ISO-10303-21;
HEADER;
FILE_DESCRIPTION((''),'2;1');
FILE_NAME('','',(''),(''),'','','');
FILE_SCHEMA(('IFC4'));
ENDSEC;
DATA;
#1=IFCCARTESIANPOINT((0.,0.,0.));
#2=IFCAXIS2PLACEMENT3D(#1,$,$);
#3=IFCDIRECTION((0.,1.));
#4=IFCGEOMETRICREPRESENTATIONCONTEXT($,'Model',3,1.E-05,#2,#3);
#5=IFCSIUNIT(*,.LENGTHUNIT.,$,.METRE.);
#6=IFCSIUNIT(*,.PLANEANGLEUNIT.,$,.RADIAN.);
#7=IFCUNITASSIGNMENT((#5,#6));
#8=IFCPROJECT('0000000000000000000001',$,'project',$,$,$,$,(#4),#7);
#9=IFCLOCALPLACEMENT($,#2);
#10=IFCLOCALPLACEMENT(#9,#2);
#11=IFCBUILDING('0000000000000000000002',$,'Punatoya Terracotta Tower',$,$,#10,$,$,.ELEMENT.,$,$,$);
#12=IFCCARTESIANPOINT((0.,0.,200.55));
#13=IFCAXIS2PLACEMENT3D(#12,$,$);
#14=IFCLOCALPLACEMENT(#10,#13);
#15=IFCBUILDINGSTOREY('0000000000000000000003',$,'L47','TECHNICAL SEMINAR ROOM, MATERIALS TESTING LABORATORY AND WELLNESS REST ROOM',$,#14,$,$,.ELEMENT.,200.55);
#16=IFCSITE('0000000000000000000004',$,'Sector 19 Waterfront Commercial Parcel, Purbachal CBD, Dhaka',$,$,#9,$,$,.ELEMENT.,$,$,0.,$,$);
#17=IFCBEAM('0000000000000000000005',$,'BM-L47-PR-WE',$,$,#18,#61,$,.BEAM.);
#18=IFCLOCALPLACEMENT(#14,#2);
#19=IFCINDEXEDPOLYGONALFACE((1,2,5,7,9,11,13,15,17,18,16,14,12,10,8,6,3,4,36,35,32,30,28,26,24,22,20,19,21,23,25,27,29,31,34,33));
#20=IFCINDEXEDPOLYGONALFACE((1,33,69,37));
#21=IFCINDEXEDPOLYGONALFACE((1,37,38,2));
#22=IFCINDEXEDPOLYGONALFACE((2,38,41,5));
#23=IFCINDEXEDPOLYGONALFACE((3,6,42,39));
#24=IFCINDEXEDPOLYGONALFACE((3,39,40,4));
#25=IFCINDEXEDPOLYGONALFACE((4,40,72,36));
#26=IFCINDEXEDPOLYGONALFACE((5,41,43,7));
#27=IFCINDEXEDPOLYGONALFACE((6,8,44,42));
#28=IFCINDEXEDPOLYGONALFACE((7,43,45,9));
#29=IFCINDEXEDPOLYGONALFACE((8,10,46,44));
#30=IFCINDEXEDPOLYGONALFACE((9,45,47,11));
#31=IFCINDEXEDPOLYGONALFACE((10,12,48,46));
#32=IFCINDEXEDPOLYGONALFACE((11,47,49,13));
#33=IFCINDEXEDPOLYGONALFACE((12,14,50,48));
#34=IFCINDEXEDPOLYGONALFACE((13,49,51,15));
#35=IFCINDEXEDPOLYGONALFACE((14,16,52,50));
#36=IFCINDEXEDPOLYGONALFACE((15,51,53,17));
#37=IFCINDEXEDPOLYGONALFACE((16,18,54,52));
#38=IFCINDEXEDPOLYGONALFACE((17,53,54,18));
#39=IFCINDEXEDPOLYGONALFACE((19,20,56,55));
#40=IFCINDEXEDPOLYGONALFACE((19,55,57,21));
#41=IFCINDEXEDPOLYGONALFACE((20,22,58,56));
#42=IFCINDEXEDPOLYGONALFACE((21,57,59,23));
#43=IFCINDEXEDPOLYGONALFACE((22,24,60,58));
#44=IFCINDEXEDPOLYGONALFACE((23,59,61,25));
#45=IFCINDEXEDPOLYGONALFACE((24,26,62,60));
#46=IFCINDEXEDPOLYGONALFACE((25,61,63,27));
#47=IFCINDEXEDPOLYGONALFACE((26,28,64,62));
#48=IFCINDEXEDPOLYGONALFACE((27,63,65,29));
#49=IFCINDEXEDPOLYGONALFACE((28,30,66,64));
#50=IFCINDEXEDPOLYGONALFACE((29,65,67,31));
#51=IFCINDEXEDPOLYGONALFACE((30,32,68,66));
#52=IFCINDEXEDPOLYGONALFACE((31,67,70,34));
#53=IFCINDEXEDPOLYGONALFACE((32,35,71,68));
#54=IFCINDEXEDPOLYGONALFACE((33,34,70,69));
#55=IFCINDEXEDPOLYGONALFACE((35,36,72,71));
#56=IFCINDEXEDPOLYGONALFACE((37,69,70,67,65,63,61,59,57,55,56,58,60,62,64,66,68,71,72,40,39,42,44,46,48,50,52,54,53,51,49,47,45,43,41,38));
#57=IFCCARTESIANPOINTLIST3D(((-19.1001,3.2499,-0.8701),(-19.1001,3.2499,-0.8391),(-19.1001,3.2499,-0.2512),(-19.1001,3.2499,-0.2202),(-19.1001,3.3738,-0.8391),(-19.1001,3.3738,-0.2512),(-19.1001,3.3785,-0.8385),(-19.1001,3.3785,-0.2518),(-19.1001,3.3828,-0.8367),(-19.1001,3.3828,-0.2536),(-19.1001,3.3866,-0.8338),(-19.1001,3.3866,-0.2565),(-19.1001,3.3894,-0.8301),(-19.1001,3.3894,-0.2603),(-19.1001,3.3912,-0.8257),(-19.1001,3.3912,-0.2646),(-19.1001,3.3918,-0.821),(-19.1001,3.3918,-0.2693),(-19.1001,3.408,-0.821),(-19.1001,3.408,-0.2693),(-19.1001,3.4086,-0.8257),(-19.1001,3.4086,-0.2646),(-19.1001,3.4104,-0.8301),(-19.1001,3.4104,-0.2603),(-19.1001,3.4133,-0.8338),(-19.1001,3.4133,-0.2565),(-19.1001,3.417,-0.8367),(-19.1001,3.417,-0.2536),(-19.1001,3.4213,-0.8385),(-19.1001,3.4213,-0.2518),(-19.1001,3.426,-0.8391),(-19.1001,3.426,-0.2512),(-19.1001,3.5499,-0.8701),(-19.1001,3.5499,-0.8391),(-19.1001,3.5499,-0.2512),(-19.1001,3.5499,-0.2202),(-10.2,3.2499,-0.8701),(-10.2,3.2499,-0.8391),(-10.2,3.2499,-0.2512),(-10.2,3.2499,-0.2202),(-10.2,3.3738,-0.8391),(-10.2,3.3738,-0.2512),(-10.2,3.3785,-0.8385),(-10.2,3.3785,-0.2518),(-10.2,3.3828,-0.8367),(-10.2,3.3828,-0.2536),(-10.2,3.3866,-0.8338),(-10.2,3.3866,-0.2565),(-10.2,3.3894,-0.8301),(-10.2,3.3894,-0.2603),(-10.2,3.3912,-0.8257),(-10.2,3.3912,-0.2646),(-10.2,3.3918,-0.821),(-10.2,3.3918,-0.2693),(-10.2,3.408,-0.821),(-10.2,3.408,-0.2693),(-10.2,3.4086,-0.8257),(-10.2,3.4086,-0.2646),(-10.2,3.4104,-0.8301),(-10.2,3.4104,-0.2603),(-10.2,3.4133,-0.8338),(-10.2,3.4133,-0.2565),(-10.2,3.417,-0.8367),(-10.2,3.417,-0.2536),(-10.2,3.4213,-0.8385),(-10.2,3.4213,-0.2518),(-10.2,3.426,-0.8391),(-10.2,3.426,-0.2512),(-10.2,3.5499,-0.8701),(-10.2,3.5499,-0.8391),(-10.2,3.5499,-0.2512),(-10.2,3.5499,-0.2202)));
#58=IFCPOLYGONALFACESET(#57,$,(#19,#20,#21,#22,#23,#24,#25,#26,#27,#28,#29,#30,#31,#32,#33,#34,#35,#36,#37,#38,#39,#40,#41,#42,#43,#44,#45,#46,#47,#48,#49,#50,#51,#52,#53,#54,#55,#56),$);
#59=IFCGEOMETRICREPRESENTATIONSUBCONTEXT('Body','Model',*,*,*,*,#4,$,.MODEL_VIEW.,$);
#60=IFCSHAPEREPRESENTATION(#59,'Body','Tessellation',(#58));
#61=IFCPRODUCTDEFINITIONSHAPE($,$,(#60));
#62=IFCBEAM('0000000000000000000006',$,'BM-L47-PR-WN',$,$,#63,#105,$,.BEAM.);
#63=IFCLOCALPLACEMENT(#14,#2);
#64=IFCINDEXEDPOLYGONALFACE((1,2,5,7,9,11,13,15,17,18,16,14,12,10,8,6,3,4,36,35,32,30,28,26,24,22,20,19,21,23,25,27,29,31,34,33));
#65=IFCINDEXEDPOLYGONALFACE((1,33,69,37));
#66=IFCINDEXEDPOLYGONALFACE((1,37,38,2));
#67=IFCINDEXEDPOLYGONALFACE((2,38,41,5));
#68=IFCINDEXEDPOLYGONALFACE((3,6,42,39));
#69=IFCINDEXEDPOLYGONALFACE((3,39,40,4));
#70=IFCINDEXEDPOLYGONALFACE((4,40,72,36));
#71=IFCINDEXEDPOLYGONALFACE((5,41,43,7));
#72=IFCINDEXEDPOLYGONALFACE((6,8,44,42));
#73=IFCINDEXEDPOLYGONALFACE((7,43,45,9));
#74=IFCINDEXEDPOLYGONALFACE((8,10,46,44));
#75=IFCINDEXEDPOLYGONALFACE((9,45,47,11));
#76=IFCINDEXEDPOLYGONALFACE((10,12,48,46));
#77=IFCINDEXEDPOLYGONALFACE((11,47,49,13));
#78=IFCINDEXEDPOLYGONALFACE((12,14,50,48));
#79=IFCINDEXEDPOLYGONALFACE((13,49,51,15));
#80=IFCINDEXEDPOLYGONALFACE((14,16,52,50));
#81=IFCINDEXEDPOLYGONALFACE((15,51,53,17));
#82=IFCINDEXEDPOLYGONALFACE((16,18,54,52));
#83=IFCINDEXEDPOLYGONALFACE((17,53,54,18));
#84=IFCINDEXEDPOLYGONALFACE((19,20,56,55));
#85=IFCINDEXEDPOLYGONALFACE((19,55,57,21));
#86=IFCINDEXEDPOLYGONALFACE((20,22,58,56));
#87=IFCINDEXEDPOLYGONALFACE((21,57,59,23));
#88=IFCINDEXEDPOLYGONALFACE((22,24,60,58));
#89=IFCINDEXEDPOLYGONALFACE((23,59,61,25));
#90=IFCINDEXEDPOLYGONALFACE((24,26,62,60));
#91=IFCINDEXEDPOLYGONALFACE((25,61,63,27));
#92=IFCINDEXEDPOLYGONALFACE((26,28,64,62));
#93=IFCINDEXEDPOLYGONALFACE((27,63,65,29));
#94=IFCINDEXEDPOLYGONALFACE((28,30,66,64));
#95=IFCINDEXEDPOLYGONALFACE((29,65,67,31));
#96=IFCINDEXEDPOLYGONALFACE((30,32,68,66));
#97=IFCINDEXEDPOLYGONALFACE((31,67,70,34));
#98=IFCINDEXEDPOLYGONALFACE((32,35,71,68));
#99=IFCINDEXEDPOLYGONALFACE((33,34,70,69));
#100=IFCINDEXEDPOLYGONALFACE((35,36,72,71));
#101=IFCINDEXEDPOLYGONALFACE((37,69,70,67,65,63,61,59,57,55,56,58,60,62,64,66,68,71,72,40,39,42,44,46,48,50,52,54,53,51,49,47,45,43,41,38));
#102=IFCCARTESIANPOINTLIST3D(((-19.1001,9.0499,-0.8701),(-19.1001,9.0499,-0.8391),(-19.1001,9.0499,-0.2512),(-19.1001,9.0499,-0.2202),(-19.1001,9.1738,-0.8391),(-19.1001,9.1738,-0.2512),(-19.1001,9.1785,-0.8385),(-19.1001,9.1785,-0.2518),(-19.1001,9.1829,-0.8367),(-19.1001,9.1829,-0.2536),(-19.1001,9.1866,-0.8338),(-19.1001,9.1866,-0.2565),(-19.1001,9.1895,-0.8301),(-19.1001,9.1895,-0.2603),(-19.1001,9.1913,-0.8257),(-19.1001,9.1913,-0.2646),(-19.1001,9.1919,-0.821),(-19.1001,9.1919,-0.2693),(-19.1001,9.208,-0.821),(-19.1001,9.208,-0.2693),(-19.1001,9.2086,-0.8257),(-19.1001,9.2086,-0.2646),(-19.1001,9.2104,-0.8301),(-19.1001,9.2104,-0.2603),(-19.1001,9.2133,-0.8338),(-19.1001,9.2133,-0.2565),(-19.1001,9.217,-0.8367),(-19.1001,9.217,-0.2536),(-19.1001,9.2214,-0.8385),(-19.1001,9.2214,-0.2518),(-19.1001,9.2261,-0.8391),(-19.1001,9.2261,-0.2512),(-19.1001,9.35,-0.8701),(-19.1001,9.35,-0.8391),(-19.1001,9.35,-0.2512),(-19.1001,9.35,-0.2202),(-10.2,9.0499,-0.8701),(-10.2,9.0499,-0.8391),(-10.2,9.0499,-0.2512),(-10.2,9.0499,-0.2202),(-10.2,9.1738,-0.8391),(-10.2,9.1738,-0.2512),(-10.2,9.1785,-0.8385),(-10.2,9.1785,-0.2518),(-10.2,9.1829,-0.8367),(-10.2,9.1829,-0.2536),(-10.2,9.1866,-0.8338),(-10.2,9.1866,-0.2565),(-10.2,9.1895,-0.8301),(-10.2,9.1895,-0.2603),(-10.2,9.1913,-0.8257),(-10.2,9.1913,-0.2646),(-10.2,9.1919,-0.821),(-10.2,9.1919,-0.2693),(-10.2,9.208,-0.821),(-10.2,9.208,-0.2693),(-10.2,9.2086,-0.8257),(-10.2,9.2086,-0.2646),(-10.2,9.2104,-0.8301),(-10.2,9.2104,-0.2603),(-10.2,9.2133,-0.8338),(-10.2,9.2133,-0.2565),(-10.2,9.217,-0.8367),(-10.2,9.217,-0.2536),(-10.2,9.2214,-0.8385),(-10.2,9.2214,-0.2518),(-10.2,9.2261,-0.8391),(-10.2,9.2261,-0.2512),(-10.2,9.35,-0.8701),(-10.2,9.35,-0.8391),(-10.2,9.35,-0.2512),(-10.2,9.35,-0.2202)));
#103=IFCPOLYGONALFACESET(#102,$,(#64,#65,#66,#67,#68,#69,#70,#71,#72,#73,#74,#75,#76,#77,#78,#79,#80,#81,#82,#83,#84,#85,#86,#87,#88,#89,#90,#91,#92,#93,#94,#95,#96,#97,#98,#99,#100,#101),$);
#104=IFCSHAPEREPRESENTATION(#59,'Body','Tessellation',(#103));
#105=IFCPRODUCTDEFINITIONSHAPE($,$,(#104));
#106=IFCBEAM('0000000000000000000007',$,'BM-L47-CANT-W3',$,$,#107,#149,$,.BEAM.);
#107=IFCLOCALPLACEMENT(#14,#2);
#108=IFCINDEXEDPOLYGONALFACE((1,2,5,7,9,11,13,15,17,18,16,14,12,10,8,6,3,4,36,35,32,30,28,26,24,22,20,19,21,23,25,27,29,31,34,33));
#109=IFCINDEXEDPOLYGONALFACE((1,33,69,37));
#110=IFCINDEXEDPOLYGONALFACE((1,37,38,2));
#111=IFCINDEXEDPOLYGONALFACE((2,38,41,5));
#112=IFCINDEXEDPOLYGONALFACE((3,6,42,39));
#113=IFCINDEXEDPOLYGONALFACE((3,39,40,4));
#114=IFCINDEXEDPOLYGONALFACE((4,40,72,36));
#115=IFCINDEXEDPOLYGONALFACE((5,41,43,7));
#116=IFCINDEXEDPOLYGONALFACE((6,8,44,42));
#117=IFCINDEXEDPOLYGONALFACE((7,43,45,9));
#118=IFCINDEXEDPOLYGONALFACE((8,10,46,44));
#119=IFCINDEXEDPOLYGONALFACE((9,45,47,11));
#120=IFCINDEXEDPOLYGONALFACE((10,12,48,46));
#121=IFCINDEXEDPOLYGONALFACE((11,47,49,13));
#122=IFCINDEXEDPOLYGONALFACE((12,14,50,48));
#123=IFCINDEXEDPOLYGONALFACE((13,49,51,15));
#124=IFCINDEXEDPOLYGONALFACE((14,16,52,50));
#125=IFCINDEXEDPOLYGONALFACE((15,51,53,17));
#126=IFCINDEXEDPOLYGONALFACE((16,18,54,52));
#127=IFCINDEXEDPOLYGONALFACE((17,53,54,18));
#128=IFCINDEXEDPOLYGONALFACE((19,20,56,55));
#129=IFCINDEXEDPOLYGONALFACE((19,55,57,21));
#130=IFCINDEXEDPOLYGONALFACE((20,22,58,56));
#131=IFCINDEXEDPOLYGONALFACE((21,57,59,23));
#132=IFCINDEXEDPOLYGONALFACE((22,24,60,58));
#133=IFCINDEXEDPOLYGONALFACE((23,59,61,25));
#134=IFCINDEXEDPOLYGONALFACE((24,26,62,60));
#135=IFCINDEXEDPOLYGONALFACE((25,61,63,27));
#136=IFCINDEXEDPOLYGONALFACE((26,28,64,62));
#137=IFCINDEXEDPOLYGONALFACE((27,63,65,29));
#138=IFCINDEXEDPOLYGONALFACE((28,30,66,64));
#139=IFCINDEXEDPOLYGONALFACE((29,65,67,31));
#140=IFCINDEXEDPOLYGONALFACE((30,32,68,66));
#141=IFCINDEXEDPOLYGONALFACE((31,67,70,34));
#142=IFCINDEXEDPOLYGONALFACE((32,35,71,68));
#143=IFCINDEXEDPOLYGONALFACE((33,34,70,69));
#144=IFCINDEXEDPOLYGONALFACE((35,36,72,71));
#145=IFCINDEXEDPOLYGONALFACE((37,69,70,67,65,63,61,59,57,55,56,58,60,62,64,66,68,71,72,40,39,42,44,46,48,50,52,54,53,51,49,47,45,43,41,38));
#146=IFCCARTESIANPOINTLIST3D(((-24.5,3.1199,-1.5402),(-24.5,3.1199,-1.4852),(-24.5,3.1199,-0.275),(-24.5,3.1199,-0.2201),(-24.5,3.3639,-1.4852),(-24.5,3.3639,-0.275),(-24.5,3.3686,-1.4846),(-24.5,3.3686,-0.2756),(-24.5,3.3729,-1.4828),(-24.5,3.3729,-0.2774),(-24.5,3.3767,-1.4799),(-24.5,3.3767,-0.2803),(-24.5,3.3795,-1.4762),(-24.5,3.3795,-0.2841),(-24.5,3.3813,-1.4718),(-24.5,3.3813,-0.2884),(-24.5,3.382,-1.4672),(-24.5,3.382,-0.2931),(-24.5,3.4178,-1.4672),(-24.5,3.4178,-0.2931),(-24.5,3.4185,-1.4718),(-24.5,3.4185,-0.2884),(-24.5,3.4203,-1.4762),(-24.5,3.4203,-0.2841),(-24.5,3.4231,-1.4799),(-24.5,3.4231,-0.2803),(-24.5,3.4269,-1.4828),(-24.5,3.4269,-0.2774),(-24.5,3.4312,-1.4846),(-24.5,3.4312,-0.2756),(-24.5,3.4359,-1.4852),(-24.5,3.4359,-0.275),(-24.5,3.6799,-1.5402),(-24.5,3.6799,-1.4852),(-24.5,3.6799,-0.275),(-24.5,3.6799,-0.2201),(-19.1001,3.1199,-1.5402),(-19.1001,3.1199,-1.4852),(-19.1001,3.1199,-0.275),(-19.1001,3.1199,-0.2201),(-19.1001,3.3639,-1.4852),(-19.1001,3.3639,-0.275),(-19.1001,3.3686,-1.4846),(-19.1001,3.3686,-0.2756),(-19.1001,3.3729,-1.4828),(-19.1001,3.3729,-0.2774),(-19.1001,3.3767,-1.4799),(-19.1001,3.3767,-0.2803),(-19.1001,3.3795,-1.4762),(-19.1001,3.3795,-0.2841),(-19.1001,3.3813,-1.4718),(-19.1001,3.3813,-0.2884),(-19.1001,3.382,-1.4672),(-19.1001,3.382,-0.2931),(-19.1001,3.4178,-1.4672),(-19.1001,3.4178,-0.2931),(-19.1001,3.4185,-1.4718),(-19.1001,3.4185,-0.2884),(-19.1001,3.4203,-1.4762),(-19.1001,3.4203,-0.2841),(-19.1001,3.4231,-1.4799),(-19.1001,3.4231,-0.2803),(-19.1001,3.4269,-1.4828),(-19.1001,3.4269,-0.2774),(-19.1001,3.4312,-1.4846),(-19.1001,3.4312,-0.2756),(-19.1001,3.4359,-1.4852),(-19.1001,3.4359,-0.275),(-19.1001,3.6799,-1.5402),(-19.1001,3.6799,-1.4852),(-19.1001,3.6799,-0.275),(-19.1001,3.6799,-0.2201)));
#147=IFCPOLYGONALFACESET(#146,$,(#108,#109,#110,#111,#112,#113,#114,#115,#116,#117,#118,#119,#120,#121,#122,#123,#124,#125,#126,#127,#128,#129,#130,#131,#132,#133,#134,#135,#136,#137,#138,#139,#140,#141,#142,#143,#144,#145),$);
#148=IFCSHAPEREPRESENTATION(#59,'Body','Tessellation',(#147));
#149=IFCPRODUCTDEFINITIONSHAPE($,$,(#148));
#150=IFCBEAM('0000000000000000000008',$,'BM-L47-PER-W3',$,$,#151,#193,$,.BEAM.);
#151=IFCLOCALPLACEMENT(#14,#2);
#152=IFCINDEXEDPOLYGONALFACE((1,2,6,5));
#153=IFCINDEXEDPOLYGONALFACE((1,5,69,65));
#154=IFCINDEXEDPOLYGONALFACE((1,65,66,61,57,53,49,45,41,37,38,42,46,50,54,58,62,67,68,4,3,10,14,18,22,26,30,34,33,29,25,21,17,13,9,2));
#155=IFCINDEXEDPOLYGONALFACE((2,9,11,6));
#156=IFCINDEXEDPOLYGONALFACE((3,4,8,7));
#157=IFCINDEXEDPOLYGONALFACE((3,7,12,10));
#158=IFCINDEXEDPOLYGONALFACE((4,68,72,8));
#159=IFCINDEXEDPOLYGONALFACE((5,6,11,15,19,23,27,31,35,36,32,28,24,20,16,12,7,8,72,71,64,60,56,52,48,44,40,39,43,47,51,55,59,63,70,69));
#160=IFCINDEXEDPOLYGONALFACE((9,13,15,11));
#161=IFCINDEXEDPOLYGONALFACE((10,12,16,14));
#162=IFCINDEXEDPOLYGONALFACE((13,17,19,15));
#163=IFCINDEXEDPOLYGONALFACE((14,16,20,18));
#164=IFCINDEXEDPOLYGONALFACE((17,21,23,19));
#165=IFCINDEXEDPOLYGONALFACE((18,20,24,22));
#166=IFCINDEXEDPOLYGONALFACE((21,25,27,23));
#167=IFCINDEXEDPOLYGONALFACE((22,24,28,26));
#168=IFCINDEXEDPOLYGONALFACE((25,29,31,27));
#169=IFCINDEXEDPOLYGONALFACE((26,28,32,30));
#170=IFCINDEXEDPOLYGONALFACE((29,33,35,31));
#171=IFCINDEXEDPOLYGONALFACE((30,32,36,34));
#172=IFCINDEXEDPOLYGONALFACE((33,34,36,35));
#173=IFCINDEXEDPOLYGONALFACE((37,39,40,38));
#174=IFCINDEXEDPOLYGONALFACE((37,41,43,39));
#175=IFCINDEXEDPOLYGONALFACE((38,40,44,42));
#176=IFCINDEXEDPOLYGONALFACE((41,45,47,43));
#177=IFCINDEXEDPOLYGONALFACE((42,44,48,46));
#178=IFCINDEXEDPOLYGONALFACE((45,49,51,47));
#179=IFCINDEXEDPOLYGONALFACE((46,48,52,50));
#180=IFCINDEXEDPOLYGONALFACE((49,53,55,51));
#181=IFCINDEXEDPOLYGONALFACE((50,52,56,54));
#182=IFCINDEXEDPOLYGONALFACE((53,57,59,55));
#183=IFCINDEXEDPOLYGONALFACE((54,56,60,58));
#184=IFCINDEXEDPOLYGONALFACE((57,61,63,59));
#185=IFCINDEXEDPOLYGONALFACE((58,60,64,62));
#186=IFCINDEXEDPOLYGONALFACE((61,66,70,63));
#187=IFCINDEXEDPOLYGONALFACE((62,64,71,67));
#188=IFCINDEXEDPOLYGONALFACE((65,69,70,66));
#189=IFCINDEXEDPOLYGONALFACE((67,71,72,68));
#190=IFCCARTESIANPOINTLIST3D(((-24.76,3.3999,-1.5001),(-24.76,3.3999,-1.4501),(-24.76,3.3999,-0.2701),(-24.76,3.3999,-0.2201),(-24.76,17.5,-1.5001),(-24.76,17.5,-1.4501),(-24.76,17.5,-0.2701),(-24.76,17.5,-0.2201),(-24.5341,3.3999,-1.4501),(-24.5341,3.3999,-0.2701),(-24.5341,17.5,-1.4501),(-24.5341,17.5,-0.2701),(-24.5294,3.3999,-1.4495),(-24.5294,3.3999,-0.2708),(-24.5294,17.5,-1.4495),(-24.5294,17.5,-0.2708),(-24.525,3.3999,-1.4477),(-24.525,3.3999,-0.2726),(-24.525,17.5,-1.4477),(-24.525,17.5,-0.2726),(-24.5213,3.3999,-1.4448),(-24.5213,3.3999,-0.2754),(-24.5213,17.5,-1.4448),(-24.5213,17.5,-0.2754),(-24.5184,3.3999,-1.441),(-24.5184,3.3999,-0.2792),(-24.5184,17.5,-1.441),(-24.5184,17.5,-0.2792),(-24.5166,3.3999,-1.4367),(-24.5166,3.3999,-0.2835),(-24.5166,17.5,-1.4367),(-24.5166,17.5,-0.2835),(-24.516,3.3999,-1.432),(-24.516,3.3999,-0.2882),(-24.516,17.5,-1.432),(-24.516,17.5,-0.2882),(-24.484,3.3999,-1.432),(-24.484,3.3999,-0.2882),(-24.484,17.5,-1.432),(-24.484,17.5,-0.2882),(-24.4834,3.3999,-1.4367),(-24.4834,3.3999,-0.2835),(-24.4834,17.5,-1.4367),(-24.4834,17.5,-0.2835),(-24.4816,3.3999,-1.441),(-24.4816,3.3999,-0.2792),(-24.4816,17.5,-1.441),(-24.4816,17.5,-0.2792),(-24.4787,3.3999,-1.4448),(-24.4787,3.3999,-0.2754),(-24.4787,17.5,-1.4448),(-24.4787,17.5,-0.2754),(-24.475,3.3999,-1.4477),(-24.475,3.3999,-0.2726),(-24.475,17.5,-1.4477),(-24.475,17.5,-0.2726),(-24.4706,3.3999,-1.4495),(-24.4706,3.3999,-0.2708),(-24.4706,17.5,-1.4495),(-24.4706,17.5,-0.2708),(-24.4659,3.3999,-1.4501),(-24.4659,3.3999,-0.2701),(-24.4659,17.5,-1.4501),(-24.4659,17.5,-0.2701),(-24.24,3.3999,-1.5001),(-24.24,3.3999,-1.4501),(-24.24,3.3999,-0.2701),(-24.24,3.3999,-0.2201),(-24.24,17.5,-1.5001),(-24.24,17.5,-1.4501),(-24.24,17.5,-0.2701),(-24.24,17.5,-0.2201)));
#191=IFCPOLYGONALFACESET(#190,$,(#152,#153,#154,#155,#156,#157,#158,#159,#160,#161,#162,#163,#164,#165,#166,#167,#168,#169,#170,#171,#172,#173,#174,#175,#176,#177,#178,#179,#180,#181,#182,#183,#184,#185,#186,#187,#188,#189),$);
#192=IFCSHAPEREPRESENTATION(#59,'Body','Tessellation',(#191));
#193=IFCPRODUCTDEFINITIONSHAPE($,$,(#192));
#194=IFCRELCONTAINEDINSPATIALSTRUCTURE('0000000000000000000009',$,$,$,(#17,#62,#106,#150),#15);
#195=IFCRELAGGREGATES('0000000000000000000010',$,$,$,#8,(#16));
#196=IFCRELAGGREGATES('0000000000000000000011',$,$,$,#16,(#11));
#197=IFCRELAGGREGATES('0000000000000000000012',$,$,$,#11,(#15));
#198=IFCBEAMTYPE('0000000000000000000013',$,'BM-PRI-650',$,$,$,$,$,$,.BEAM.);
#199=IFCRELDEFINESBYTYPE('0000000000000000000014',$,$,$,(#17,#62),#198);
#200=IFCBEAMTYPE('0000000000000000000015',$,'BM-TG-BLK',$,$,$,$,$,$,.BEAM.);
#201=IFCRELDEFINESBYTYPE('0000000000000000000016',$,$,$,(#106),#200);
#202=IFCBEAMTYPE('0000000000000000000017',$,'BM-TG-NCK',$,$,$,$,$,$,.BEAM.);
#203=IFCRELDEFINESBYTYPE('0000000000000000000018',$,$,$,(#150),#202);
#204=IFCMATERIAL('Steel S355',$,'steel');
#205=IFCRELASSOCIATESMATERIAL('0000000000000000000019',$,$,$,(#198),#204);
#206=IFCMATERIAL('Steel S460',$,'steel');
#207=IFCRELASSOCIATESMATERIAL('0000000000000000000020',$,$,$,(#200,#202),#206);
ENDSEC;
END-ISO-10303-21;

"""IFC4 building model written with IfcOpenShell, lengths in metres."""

from ifc_helpers import new_model, si_unit, direction, frame, origin, origin_2d, place, context, subcontext, project, spatial, i_section, extrude, material, material_profile, profile_set, type_object, element, save


model = new_model("IFC4")

# Units and contexts
model_context = context("Model", 3, precision=1e-05, world=origin(), true_north=direction((0.0, 1.0)))
body_context = subcontext(model_context, "Body", "Model", "MODEL_VIEW")
ifc_project = project(units=[si_unit("LENGTHUNIT", "METRE"), si_unit("PLANEANGLEUNIT", "RADIAN")], contexts=[model_context])

# Site, building, storey
site_placement = place(None, origin())
site = spatial("IfcSite", under=ifc_project, at=site_placement, Name="Sector 19 Waterfront Commercial Parcel, Purbachal CBD, Dhaka", CompositionType="ELEMENT", RefElevation=0.0)
building_placement = place(site_placement, origin())
building = spatial("IfcBuilding", under=site, at=building_placement, Name="Punatoya Terracotta Tower", CompositionType="ELEMENT")
storey_placement = place(building_placement, frame((0.0, 0.0, 200.55)))
storey = spatial("IfcBuildingStorey", under=building, at=storey_placement, Name="L47", Description="TECHNICAL SEMINAR ROOM, MATERIALS TESTING LABORATORY AND WELLNESS REST ROOM", CompositionType="ELEMENT", Elevation=200.55)

# Shared definitions
ifc_material_1 = material(Name="Steel S460", Category="steel")

# Beams
ifc_material_2 = material(Name="Steel S355", Category="steel")
ifc_material_profile_1 = material_profile(ifc_material_2, i_section(OverallWidth=0.3, OverallDepth=0.6499, WebThickness=0.0161, FlangeThickness=0.031, FilletRadius=0.0181, at=origin_2d()))
ifc_profile_set_1 = profile_set([ifc_material_profile_1], Name="Steel S355")
beam_type_1 = type_object("IfcBeamType", Name="BM-PRI-650", PredefinedType="BEAM", material=ifc_profile_set_1)
for number, where, z_axis, x_axis, name in (
    (1, (-19.1001, 3.3999, -0.5452), (1.0, 0.0, 0.0), (0.0, 1.0, 0.0), "BM-L47-PR-WE"),
    (2, (-19.1001, 9.2, -0.5452), (1.0, 0.0, 0.0), (0.0, 1.0, 0.0), "BM-L47-PR-WN"),
):
    element("IfcBeam", number, at=place(storey_placement, frame(where, z_axis=z_axis, x_axis=x_axis)), inside=storey, type_object=beam_type_1, Name=name, PredefinedType="BEAM", context=body_context, shape_type="SweptSolid", body=[
        extrude(i_section(OverallWidth=0.3, OverallDepth=0.6499, WebThickness=0.0161, FlangeThickness=0.031, FilletRadius=0.0181, at=origin_2d()), origin(), (0.0, 0.0, 1.0), 8.9001),
    ])
ifc_material_profile_2 = material_profile(ifc_material_1, i_section(OverallWidth=0.5601, OverallDepth=1.3201, WebThickness=0.0359, FlangeThickness=0.0549, FilletRadius=0.0181, at=origin_2d()))
ifc_profile_set_2 = profile_set([ifc_material_profile_2], Name="Steel S460")
beam_type_2 = type_object("IfcBeamType", Name="BM-TG-BLK", PredefinedType="BEAM", material=ifc_profile_set_2)
beam_1_placement = place(storey_placement, frame((-24.5, 3.3999, -0.8801), z_axis=(1.0, 0.0, 0.0), x_axis=(0.0, 1.0, 0.0)))
element("IfcBeam", 3, at=beam_1_placement, inside=storey, type_object=beam_type_2, Name="BM-L47-CANT-W3", PredefinedType="BEAM", context=body_context, shape_type="SweptSolid", body=[
    extrude(i_section(OverallWidth=0.5601, OverallDepth=1.3201, WebThickness=0.0359, FlangeThickness=0.0549, FilletRadius=0.0181, at=origin_2d()), origin(), (0.0, 0.0, 1.0), 5.3999),
])
ifc_material_profile_3 = material_profile(ifc_material_1, i_section(OverallWidth=0.52, OverallDepth=1.28, WebThickness=0.032, FlangeThickness=0.05, FilletRadius=0.0181, at=origin_2d()))
ifc_profile_set_3 = profile_set([ifc_material_profile_3], Name="Steel S460")
beam_type_3 = type_object("IfcBeamType", Name="BM-TG-NCK", PredefinedType="BEAM", material=ifc_profile_set_3)
beam_2_placement = place(storey_placement, frame((-24.5, 3.3999, -0.8601), z_axis=(0.0, 1.0, 0.0), x_axis=(-1.0, 0.0, 0.0)))
element("IfcBeam", 4, at=beam_2_placement, inside=storey, type_object=beam_type_3, Name="BM-L47-PER-W3", PredefinedType="BEAM", context=body_context, shape_type="SweptSolid", body=[
    extrude(i_section(OverallWidth=0.52, OverallDepth=1.28, WebThickness=0.032, FlangeThickness=0.05, FilletRadius=0.0181, at=origin_2d()), origin(), (0.0, 0.0, 1.0), 14.1001),
])

save(model, "model.ifc")
